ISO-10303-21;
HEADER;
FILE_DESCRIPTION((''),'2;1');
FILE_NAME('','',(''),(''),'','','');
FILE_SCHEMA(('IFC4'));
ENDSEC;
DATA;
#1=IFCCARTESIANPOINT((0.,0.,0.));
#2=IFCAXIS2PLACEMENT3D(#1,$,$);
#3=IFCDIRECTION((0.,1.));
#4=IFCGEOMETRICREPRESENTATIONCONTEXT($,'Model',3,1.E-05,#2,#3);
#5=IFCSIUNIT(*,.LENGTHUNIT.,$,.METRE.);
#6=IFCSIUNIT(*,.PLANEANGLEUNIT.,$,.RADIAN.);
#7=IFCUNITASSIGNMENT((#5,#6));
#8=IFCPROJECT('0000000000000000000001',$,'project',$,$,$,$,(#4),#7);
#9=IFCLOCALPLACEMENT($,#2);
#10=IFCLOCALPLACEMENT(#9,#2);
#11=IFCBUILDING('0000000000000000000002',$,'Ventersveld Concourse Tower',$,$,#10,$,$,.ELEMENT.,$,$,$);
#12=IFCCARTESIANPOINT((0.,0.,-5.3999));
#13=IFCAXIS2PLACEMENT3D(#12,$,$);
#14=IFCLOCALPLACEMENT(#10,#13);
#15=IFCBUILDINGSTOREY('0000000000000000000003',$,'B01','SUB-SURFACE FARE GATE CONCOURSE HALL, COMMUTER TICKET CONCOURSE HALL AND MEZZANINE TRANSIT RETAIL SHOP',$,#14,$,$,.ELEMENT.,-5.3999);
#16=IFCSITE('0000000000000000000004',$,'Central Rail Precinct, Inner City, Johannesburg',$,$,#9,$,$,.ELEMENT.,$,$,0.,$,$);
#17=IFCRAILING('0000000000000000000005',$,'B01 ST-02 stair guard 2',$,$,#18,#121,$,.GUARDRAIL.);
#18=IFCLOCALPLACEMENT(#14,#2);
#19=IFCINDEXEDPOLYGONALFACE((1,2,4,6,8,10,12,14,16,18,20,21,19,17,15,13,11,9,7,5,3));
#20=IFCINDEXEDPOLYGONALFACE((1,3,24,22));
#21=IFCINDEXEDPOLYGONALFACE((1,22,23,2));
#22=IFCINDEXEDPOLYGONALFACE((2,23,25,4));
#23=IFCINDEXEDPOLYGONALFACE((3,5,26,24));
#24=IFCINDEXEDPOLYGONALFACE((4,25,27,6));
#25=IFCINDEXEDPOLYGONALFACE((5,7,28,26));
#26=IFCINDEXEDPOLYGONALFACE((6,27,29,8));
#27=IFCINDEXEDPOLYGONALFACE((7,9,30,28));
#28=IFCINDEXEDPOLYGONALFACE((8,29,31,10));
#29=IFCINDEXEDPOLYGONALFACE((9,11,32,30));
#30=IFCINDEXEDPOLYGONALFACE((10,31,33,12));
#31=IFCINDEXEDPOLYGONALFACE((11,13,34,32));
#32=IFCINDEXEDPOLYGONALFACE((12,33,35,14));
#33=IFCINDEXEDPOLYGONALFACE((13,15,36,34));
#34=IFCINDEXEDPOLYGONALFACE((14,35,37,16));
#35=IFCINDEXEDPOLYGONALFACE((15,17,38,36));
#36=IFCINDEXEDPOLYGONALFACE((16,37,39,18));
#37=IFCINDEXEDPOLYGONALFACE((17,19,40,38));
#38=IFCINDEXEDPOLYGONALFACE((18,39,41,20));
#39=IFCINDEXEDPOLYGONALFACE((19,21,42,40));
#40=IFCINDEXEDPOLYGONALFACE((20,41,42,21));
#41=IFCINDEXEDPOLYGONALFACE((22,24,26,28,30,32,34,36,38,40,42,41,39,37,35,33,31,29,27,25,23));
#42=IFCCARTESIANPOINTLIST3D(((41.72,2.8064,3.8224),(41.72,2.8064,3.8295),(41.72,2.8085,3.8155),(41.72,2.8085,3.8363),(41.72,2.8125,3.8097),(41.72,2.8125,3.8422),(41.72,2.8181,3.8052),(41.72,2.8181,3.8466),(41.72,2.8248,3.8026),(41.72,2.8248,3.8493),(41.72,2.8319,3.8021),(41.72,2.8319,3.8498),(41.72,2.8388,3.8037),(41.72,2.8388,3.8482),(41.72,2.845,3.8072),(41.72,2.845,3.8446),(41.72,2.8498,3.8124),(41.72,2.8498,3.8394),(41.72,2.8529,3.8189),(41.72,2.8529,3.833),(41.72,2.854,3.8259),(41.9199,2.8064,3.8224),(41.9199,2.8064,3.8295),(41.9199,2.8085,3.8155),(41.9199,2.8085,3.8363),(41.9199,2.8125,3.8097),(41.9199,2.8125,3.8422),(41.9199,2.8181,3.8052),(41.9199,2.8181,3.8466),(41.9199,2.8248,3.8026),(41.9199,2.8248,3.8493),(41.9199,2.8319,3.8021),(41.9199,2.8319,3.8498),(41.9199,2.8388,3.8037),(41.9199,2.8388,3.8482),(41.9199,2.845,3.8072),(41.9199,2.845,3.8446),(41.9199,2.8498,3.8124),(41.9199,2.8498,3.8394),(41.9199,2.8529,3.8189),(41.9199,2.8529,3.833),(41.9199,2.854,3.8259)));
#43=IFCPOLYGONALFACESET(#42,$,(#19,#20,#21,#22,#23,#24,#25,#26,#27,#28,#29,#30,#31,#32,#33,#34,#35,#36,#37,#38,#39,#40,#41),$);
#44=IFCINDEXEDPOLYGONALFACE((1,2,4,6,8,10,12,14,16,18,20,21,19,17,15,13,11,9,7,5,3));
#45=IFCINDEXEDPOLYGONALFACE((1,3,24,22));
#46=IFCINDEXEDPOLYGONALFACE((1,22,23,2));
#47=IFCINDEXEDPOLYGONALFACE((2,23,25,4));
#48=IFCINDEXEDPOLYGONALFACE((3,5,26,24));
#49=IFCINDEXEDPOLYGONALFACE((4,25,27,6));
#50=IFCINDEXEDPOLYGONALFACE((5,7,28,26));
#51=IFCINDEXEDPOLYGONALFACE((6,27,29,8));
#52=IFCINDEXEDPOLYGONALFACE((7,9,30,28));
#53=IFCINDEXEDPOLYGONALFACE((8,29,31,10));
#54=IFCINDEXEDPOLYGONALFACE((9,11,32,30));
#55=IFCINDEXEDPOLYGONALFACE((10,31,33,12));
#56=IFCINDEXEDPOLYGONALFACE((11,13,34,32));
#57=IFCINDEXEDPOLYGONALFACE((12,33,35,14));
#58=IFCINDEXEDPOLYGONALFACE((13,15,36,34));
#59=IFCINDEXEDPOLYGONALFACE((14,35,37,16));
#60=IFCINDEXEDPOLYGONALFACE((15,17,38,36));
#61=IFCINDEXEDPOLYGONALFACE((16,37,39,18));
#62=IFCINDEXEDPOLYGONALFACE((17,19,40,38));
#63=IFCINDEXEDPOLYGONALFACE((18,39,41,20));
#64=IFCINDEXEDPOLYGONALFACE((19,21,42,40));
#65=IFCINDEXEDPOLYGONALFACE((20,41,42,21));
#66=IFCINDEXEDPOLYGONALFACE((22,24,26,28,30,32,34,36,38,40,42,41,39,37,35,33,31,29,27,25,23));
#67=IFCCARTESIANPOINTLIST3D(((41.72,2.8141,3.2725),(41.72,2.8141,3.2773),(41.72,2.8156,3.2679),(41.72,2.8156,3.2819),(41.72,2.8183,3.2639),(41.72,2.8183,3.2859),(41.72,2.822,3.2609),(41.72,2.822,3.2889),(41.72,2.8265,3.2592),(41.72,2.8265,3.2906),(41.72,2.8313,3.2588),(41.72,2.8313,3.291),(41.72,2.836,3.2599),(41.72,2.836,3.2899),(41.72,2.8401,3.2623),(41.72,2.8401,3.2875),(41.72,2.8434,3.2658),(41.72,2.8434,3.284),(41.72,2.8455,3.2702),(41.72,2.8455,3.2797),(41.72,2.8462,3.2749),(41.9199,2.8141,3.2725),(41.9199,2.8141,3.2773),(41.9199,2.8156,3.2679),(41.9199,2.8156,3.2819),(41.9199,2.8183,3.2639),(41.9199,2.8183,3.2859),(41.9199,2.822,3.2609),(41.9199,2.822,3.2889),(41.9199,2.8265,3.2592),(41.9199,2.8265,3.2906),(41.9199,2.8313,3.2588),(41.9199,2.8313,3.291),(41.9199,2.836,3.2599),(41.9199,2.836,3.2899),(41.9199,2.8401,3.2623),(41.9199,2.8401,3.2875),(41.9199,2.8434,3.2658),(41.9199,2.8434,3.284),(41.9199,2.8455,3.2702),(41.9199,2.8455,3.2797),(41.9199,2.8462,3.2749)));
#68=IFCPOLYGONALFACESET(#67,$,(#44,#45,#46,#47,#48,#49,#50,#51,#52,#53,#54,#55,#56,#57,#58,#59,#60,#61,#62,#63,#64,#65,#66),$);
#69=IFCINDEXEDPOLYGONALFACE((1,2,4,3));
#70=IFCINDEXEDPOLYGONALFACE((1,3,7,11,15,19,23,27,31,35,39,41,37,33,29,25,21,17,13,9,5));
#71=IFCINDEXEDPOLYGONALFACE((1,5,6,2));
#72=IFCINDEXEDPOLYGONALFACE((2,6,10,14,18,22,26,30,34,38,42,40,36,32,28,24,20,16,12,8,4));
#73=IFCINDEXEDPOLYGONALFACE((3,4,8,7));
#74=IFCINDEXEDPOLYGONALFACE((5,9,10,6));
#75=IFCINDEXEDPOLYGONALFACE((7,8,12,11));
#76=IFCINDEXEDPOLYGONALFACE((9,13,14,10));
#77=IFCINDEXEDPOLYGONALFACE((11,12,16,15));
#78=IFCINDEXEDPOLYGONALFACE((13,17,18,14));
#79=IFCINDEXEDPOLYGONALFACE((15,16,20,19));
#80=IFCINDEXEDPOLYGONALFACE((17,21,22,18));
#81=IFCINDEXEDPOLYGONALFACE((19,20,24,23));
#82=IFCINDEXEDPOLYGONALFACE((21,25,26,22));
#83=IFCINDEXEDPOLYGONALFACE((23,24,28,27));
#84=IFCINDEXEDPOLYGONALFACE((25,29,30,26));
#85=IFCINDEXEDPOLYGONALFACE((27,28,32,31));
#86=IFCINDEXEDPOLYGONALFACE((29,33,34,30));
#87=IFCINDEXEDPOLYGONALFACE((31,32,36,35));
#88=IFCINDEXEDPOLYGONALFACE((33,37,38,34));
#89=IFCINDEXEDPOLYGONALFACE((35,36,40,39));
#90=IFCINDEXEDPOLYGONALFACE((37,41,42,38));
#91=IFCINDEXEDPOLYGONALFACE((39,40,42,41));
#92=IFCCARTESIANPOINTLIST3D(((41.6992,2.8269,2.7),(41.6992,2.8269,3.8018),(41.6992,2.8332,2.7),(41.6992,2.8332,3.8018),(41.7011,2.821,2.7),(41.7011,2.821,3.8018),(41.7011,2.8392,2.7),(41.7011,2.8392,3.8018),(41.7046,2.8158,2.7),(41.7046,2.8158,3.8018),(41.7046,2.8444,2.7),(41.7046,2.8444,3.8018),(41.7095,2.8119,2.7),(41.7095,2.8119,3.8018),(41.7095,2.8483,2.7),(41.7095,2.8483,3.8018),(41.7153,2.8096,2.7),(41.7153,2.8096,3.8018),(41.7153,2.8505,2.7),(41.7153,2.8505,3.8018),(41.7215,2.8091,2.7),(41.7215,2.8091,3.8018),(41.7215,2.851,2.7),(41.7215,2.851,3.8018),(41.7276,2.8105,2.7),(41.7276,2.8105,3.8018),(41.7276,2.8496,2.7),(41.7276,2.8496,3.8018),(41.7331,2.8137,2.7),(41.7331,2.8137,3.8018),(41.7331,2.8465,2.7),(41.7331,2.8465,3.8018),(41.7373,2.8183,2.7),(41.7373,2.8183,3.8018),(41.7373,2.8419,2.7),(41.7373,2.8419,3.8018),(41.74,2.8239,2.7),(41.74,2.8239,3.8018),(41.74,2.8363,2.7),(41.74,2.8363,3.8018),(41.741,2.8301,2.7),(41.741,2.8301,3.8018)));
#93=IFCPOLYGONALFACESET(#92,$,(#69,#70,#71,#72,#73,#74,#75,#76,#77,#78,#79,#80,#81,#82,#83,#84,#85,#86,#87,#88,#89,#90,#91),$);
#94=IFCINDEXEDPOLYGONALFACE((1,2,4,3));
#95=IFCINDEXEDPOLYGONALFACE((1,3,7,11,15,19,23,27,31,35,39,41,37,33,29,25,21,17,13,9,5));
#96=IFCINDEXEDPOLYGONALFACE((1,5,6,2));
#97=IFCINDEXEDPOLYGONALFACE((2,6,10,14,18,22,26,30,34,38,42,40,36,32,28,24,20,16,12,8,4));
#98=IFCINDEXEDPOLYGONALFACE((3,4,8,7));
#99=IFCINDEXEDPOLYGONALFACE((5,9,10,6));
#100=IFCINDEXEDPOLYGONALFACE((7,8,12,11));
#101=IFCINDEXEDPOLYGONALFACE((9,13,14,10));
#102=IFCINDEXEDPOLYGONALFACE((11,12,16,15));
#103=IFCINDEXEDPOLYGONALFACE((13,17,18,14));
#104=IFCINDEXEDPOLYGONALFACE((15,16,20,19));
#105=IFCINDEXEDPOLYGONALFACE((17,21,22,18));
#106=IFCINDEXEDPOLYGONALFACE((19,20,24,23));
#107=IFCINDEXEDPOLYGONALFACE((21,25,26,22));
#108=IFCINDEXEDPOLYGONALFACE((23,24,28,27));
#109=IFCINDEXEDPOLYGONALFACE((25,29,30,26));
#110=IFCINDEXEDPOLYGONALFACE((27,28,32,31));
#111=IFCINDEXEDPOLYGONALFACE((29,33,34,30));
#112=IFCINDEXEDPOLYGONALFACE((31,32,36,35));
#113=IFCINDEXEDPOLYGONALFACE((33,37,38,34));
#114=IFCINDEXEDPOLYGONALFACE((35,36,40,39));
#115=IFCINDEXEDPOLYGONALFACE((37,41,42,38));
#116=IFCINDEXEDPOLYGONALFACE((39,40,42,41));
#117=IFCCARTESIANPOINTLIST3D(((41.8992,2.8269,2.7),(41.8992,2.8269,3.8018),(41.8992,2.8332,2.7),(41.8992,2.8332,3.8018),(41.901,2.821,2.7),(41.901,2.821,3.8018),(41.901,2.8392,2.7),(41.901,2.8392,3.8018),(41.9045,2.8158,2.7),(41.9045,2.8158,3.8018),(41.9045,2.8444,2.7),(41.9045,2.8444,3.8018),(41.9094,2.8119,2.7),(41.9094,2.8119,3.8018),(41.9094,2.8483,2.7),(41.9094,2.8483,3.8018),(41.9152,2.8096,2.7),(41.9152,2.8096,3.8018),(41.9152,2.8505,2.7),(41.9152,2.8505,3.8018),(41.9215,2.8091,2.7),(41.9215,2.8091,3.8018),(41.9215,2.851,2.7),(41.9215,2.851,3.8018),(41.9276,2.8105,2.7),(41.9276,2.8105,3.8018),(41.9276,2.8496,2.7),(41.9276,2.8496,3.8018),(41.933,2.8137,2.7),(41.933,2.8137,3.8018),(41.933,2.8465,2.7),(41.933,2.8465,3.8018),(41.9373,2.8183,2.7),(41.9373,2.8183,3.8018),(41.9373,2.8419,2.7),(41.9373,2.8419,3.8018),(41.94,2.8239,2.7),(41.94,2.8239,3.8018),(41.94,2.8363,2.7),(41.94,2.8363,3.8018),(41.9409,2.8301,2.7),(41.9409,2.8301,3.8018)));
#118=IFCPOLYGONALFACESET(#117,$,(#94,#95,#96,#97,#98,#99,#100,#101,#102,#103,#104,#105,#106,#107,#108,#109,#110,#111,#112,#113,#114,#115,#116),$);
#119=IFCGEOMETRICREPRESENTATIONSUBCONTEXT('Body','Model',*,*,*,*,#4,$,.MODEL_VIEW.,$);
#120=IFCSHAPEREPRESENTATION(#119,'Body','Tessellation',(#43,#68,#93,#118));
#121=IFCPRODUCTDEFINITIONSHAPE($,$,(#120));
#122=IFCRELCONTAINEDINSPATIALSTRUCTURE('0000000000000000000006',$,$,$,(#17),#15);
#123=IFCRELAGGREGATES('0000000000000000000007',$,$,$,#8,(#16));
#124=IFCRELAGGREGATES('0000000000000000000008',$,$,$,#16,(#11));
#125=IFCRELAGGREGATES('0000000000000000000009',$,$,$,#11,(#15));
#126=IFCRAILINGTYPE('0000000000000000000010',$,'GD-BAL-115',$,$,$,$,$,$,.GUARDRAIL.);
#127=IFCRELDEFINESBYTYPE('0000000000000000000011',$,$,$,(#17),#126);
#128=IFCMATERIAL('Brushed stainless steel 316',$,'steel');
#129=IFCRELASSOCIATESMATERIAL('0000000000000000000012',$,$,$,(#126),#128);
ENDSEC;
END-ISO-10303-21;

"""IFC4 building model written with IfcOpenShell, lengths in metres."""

from ifc_helpers import new_model, si_unit, direction, frame, origin, origin_2d, place, context, subcontext, project, spatial, circle, extrude, material, type_object, element, save


model = new_model("IFC4")

# Units and contexts
model_context = context("Model", 3, precision=1e-05, world=origin(), true_north=direction((0.0, 1.0)))
body_context = subcontext(model_context, "Body", "Model", "MODEL_VIEW")
ifc_project = project(units=[si_unit("LENGTHUNIT", "METRE"), si_unit("PLANEANGLEUNIT", "RADIAN")], contexts=[model_context])

# Site, building, storey
site_placement = place(None, origin())
site = spatial("IfcSite", under=ifc_project, at=site_placement, Name="Central Rail Precinct, Inner City, Johannesburg", CompositionType="ELEMENT", RefElevation=0.0)
building_placement = place(site_placement, origin())
building = spatial("IfcBuilding", under=site, at=building_placement, Name="Ventersveld Concourse Tower", CompositionType="ELEMENT")
storey_placement = place(building_placement, frame((0.0, 0.0, -5.3999)))
storey = spatial("IfcBuildingStorey", under=building, at=storey_placement, Name="B01", Description="SUB-SURFACE FARE GATE CONCOURSE HALL, COMMUTER TICKET CONCOURSE HALL AND MEZZANINE TRANSIT RETAIL SHOP", CompositionType="ELEMENT", Elevation=-5.3999)

# Railing
ifc_material_1 = material(Name="Brushed stainless steel 316", Category="steel")
railing_type_1 = type_object("IfcRailingType", Name="GD-BAL-115", PredefinedType="GUARDRAIL", material=ifc_material_1)
railing_1_placement = place(storey_placement, frame((41.72, 2.8301, 2.7)))
element("IfcRailing", 1, at=railing_1_placement, inside=storey, type_object=railing_type_1, Name="B01 ST-02 stair guard 2", PredefinedType="GUARDRAIL", context=body_context, shape_type="SweptSolid", body=[
    extrude(circle(Radius=0.0239, at=origin_2d()), frame((0.0, 0.0, 1.126), z_axis=(1.0, 0.0, 0.0), x_axis=(0.0, 1.0, 0.0)), (0.0, 0.0, 1.0), 0.2),
    extrude(circle(Radius=0.0161, at=origin_2d()), frame((0.0, 0.0, 0.575), z_axis=(1.0, 0.0, 0.0), x_axis=(0.0, 1.0, 0.0)), (0.0, 0.0, 1.0), 0.2),
    extrude(circle(Radius=0.021, at=origin_2d()), origin(), (0.0, 0.0, 1.0), 1.1018),
    extrude(circle(Radius=0.021, at=origin_2d()), frame((0.2, 0.0, 0.0)), (0.0, 0.0, 1.0), 1.1018),
])

save(model, "model.ifc")
